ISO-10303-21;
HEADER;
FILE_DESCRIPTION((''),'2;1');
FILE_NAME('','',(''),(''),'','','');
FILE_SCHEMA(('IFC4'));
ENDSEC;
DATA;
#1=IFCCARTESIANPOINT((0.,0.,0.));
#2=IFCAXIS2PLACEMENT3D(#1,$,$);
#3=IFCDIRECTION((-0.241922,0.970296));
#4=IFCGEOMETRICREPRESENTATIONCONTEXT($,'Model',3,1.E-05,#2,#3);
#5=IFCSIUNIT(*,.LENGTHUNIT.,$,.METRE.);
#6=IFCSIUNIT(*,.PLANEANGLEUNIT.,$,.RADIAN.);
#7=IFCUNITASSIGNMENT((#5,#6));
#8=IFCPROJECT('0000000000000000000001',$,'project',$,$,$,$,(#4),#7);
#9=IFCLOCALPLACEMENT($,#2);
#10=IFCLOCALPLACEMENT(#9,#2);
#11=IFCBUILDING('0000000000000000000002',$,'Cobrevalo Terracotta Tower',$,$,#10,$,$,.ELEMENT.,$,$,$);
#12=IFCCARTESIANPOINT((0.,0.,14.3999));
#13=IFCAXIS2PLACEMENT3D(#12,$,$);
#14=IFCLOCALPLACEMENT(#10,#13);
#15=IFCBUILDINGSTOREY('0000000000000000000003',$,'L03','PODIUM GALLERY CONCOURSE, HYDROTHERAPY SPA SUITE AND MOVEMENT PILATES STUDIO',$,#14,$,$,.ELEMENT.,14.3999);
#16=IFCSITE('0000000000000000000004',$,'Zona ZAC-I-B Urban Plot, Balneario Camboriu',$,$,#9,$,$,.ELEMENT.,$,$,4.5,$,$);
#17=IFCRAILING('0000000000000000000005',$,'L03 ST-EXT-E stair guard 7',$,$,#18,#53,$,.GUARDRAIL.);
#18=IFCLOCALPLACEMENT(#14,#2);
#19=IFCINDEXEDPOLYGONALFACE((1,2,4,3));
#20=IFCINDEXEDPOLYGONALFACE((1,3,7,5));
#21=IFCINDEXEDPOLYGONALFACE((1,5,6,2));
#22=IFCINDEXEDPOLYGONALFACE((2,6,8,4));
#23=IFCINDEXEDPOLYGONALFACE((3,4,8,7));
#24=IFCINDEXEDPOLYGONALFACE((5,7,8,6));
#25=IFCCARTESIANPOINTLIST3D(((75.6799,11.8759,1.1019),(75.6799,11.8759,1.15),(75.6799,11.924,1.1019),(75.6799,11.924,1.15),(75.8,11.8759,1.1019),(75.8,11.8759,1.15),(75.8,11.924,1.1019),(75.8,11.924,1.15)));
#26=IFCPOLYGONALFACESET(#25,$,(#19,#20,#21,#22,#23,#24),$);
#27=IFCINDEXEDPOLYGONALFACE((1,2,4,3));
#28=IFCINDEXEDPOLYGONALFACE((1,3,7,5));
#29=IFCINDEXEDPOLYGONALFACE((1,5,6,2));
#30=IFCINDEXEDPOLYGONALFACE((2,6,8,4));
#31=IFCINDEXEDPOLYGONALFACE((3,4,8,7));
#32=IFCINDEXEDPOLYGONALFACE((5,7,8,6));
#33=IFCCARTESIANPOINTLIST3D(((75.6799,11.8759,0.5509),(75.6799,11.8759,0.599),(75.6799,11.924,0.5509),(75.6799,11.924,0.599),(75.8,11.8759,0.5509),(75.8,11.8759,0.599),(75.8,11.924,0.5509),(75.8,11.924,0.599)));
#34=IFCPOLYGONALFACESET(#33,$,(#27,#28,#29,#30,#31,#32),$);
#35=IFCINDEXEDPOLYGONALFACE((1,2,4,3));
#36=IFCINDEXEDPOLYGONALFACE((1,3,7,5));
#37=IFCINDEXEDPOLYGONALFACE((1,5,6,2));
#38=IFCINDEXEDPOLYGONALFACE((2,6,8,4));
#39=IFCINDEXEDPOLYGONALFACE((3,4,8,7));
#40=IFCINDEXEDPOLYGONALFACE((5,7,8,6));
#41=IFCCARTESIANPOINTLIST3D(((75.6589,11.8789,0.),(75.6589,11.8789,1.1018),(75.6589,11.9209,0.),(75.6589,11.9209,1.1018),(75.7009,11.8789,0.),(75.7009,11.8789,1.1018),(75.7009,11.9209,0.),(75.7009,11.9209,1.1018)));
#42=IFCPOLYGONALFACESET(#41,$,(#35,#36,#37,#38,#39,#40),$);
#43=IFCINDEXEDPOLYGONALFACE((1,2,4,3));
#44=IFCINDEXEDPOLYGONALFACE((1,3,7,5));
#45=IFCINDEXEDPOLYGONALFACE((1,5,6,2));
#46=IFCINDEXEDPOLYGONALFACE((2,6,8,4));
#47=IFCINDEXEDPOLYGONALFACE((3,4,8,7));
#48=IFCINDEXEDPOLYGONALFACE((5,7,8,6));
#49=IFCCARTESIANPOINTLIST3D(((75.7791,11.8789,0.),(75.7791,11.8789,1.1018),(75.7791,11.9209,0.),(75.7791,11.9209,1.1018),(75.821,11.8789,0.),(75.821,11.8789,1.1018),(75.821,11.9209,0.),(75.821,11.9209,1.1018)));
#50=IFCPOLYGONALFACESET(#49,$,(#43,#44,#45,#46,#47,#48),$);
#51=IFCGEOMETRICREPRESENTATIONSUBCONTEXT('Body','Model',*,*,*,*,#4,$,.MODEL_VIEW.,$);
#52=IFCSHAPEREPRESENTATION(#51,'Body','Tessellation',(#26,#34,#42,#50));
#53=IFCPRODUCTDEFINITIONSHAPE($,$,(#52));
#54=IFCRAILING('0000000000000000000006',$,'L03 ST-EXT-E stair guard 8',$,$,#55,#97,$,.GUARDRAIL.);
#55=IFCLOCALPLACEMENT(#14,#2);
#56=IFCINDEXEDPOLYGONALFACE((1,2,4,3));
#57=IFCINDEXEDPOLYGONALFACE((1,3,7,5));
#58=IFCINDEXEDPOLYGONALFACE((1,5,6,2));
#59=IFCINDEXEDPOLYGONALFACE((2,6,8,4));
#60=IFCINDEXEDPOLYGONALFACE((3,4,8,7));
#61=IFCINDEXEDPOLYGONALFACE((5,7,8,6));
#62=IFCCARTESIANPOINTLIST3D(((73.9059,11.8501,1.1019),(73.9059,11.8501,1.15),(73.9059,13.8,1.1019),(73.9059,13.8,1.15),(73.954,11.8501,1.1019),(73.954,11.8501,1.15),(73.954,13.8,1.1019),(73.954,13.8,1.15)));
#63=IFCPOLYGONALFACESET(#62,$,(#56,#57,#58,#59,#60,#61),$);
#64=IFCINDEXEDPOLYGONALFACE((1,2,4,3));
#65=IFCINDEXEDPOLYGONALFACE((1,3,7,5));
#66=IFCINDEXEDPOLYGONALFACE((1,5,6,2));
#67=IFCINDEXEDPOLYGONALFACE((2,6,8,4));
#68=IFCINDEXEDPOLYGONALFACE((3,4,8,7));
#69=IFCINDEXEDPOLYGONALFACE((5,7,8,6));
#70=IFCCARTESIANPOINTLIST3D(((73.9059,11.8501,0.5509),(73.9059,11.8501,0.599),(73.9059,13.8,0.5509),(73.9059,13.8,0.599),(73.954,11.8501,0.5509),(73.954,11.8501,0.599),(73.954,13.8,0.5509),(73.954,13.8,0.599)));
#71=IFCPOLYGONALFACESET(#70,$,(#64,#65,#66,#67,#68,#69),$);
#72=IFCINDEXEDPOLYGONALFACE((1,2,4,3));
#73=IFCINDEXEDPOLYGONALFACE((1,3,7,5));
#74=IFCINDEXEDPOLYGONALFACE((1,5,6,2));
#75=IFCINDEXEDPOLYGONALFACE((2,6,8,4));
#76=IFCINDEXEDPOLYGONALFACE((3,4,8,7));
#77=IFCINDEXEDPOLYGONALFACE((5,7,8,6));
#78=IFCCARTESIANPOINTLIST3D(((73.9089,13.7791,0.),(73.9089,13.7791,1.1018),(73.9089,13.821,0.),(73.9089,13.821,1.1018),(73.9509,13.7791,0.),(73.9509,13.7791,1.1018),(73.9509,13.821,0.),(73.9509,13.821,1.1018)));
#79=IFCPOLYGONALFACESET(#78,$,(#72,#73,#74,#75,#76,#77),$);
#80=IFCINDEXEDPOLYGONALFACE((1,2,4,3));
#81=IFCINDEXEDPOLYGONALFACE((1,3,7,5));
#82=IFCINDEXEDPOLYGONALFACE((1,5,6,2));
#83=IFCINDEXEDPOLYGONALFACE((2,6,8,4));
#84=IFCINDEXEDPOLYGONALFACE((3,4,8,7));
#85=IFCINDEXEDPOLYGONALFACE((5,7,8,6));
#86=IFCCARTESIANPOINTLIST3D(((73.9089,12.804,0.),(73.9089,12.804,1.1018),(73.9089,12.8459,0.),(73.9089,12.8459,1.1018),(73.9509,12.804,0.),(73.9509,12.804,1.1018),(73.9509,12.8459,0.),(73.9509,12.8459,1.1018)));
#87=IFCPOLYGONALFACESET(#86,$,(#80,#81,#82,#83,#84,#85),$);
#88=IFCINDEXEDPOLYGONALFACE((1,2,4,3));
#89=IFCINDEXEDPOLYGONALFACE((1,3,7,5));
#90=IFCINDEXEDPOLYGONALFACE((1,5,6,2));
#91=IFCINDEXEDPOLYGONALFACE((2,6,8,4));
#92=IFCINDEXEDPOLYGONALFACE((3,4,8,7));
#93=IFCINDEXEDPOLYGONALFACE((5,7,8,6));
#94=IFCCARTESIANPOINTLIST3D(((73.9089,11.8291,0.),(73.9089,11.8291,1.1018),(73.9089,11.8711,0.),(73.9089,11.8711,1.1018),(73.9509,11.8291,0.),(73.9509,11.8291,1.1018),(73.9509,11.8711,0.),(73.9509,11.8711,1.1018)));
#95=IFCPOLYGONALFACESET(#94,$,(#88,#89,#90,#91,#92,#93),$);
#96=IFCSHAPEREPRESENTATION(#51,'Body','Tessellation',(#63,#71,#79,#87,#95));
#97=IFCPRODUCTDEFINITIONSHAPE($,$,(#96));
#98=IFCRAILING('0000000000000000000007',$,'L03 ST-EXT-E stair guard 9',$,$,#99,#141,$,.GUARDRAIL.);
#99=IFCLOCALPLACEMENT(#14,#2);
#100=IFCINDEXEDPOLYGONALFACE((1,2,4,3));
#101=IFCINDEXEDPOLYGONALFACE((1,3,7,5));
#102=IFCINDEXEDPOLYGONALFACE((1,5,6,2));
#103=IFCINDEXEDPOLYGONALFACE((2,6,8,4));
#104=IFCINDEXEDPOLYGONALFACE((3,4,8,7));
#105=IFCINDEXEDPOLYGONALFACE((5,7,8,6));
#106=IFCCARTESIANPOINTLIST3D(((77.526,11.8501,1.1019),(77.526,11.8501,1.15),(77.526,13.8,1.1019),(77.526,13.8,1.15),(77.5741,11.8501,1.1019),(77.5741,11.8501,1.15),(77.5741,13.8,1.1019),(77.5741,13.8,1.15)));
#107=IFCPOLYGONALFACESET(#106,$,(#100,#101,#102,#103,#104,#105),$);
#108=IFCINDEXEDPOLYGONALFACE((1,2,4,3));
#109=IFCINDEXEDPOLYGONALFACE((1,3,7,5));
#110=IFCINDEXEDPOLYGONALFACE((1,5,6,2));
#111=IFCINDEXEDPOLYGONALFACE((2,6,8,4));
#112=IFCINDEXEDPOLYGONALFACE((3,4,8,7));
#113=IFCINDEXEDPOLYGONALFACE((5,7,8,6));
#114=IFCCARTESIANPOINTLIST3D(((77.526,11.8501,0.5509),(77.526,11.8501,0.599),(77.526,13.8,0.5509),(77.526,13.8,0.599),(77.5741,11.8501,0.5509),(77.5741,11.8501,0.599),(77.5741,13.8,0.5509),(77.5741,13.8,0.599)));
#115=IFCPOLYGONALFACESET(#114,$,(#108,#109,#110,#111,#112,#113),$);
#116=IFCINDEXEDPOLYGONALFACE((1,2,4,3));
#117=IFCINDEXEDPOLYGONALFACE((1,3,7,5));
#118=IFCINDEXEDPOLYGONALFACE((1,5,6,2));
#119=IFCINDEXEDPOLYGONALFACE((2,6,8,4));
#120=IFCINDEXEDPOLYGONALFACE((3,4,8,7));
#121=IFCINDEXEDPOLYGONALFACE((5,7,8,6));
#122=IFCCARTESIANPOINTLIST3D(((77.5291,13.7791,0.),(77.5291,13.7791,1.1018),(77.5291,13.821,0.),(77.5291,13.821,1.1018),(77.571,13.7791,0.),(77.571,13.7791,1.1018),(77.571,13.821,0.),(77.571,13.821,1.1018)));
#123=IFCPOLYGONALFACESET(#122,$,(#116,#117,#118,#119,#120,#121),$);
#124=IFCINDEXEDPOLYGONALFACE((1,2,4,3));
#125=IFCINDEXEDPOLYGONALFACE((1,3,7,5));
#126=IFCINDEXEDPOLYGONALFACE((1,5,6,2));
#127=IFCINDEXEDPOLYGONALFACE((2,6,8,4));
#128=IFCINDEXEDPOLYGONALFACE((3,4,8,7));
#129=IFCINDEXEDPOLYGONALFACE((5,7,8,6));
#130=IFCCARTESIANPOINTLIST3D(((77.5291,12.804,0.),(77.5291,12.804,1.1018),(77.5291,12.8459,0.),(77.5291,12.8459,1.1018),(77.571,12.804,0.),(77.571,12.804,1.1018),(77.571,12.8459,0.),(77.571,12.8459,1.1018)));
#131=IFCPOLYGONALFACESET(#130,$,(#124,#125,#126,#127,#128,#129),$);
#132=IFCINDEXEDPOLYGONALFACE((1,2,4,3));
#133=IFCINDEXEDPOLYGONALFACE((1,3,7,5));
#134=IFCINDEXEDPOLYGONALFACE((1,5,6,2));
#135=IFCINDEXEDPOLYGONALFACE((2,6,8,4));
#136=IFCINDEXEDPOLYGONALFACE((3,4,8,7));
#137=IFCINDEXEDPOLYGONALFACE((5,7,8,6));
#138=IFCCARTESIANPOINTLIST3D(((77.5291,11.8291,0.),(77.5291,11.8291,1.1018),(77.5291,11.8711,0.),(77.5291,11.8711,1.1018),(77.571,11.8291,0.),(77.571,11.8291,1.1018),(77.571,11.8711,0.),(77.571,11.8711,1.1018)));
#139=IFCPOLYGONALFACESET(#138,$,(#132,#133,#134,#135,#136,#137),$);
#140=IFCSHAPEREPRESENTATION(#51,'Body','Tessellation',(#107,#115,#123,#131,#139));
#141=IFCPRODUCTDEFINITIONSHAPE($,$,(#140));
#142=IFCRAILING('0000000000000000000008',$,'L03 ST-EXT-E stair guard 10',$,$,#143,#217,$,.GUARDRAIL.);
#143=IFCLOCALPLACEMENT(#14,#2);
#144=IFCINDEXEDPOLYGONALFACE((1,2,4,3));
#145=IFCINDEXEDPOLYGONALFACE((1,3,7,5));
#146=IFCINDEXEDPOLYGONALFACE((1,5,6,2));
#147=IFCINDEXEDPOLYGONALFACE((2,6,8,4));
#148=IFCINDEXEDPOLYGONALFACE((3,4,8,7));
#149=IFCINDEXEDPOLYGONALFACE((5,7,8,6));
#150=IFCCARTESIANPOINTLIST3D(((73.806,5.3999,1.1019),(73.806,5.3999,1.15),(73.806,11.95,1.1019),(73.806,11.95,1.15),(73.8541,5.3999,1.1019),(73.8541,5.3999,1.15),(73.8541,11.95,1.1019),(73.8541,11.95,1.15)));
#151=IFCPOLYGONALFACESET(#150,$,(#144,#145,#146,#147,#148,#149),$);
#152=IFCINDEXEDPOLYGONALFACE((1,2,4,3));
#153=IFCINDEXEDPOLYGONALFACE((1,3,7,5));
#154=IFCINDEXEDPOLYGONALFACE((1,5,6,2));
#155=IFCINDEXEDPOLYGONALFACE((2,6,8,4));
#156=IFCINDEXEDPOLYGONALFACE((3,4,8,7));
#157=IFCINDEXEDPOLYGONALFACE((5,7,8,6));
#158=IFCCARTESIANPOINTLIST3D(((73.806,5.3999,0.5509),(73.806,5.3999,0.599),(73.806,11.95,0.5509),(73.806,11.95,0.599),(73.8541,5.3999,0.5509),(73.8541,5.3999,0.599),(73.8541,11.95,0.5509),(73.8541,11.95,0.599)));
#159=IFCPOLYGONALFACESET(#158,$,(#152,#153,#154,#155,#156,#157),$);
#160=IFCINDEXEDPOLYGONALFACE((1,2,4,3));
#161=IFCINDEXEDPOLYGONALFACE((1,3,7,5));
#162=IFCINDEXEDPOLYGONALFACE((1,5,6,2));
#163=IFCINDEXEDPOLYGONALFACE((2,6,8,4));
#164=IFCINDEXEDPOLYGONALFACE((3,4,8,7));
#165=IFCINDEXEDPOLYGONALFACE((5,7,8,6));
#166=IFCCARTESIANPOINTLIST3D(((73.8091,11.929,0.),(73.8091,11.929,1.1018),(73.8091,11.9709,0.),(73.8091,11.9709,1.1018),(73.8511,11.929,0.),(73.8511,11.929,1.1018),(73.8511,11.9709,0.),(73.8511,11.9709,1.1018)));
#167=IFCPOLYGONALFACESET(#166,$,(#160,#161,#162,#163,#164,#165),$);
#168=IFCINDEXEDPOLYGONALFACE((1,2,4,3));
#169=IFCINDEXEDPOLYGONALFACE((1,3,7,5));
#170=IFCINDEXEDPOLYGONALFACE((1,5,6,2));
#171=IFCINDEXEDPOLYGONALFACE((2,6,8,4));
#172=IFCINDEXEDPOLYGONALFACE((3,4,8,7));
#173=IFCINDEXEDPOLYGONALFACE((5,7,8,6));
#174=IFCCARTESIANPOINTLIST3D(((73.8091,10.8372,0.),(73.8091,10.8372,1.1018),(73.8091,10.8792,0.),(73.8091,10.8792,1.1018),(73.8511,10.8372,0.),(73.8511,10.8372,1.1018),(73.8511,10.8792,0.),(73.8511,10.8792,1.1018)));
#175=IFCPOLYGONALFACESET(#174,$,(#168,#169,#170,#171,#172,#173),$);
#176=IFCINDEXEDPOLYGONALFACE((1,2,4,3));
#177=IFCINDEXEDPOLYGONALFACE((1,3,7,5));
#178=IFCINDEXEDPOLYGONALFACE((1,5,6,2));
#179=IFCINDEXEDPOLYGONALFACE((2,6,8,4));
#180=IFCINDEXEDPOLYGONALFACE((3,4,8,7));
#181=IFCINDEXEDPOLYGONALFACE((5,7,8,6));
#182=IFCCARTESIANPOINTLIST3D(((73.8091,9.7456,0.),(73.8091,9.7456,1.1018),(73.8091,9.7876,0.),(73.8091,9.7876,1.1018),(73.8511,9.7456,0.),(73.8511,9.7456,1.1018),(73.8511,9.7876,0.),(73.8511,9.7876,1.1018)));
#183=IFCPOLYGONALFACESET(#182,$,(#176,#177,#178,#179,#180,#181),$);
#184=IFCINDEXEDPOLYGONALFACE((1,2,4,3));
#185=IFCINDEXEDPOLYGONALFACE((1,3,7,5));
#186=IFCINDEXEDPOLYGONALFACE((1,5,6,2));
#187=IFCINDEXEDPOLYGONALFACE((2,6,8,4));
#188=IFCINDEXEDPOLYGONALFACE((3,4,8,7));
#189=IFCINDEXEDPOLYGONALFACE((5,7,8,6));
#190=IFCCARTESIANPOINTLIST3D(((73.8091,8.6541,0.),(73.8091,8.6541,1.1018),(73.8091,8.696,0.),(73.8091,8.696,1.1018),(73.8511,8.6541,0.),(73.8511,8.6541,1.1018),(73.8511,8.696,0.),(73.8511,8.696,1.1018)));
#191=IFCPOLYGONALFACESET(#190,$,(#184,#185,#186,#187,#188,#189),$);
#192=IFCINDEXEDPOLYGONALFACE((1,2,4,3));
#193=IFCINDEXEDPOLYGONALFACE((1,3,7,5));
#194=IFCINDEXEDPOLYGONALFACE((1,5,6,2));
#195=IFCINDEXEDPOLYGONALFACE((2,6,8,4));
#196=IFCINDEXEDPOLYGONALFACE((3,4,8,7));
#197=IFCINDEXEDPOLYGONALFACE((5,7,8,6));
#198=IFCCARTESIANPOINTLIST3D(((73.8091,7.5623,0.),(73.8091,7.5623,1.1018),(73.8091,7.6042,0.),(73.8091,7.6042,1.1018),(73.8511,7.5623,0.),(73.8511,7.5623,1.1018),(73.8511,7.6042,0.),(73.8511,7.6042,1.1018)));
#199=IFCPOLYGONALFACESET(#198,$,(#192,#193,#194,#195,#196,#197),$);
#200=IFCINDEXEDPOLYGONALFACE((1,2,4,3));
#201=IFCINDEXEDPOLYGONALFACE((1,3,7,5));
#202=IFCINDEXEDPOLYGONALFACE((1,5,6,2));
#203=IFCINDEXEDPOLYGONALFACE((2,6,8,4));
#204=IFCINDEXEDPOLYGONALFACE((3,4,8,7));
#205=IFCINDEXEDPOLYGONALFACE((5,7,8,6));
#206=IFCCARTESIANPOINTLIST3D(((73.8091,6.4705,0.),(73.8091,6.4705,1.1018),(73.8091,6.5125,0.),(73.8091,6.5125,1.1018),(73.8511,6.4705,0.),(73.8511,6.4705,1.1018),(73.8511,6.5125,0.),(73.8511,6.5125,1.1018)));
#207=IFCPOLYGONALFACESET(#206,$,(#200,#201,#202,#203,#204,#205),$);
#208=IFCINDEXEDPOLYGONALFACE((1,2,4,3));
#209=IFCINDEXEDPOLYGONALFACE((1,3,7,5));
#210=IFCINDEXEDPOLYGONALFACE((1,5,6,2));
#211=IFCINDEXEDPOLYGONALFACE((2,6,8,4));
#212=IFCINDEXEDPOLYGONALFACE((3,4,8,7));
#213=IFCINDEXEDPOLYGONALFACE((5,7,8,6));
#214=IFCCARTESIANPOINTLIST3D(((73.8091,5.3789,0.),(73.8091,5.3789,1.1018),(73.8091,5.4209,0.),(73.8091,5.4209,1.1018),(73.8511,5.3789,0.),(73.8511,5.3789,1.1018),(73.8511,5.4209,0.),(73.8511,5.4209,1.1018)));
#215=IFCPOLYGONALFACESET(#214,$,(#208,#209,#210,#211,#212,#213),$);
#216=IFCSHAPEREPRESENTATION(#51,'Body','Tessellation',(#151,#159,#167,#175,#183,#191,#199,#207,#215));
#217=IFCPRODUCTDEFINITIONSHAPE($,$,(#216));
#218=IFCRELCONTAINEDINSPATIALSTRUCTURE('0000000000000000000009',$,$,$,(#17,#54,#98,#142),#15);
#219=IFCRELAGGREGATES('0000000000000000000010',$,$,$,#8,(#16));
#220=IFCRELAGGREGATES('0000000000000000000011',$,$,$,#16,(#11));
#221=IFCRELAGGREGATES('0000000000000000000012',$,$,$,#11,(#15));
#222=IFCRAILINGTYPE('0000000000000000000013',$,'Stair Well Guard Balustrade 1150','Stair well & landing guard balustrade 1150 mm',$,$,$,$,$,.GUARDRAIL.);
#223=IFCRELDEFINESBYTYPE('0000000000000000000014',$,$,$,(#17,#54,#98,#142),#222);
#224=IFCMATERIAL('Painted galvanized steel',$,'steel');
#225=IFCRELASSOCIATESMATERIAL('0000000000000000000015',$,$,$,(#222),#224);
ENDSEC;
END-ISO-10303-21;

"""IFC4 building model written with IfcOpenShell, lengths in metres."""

from ifc_helpers import new_model, si_unit, direction, frame, origin, origin_2d, place, context, subcontext, project, spatial, rectangle, extrude, material, type_object, element, save


model = new_model("IFC4")

# Units and contexts
model_context = context("Model", 3, precision=1e-05, world=origin(), true_north=direction((-0.241922, 0.970296)))
body_context = subcontext(model_context, "Body", "Model", "MODEL_VIEW")
ifc_project = project(units=[si_unit("LENGTHUNIT", "METRE"), si_unit("PLANEANGLEUNIT", "RADIAN")], contexts=[model_context])

# Site, building, storey
site_placement = place(None, origin())
site = spatial("IfcSite", under=ifc_project, at=site_placement, Name="Zona ZAC-I-B Urban Plot, Balneario Camboriu", CompositionType="ELEMENT", RefElevation=4.5)
building_placement = place(site_placement, origin())
building = spatial("IfcBuilding", under=site, at=building_placement, Name="Cobrevalo Terracotta Tower", CompositionType="ELEMENT")
storey_placement = place(building_placement, frame((0.0, 0.0, 14.3999)))
storey = spatial("IfcBuildingStorey", under=building, at=storey_placement, Name="L03", Description="PODIUM GALLERY CONCOURSE, HYDROTHERAPY SPA SUITE AND MOVEMENT PILATES STUDIO", CompositionType="ELEMENT", Elevation=14.3999)

# Railings
ifc_material_1 = material(Name="Painted galvanized steel", Category="steel")
railing_type_1 = type_object("IfcRailingType", Name="Stair Well Guard Balustrade 1150", Description="Stair well & landing guard balustrade 1150 mm", PredefinedType="GUARDRAIL", material=ifc_material_1)
railing_1_placement = place(storey_placement, frame((75.6799, 11.8999, 0.0)))
element("IfcRailing", 1, at=railing_1_placement, inside=storey, type_object=railing_type_1, Name="L03 ST-EXT-E stair guard 7", PredefinedType="GUARDRAIL", context=body_context, shape_type="SweptSolid", body=[
    extrude(rectangle(XDim=0.0481, YDim=0.0481, at=origin_2d()), frame((0.0, 0.0, 1.126), z_axis=(1.0, 0.0, 0.0), x_axis=(0.0, 1.0, 0.0)), (0.0, 0.0, 1.0), 0.1201),
    extrude(rectangle(XDim=0.0481, YDim=0.0481, at=origin_2d()), frame((0.0, 0.0, 0.575), z_axis=(1.0, 0.0, 0.0), x_axis=(0.0, 1.0, 0.0)), (0.0, 0.0, 1.0), 0.1201),
    extrude(rectangle(XDim=0.042, YDim=0.042, at=origin_2d()), origin(), (0.0, 0.0, 1.0), 1.1018),
    extrude(rectangle(XDim=0.042, YDim=0.042, at=origin_2d()), frame((0.1201, 0.0, 0.0)), (0.0, 0.0, 1.0), 1.1018),
])
for number, where, name in (
    (2, (73.9299, 13.8, 0.0), "L03 ST-EXT-E stair guard 8"),
    (3, (77.55, 13.8, 0.0), "L03 ST-EXT-E stair guard 9"),
):
    element("IfcRailing", number, at=place(storey_placement, frame(where)), inside=storey, type_object=railing_type_1, Name=name, PredefinedType="GUARDRAIL", context=body_context, shape_type="SweptSolid", body=[
        extrude(rectangle(XDim=0.0481, YDim=0.0481, at=origin_2d()), frame((0.0, 0.0, 1.126), z_axis=(0.0, -1.0, 0.0), x_axis=(1.0, 0.0, 0.0)), (0.0, 0.0, 1.0), 1.95),
        extrude(rectangle(XDim=0.0481, YDim=0.0481, at=origin_2d()), frame((0.0, 0.0, 0.575), z_axis=(0.0, -1.0, 0.0), x_axis=(1.0, 0.0, 0.0)), (0.0, 0.0, 1.0), 1.95),
        extrude(rectangle(XDim=0.042, YDim=0.042, at=origin_2d()), origin(), (0.0, 0.0, 1.0), 1.1018),
        extrude(rectangle(XDim=0.042, YDim=0.042, at=origin_2d()), frame((0.0, -0.9751, 0.0)), (0.0, 0.0, 1.0), 1.1018),
        extrude(rectangle(XDim=0.042, YDim=0.042, at=origin_2d()), frame((0.0, -1.95, 0.0)), (0.0, 0.0, 1.0), 1.1018),
    ])
for number, where, name in (
    (4, (73.8301, 11.95, 0.0), "L03 ST-EXT-E stair guard 10"),
):
    element("IfcRailing", number, at=place(storey_placement, frame(where)), inside=storey, type_object=railing_type_1, Name=name, PredefinedType="GUARDRAIL", context=body_context, shape_type="SweptSolid", body=[
        extrude(rectangle(XDim=0.0481, YDim=0.0481, at=origin_2d()), frame((0.0, 0.0, 1.126), z_axis=(0.0, -1.0, 0.0), x_axis=(1.0, 0.0, 0.0)), (0.0, 0.0, 1.0), 6.55),
        extrude(rectangle(XDim=0.0481, YDim=0.0481, at=origin_2d()), frame((0.0, 0.0, 0.575), z_axis=(0.0, -1.0, 0.0), x_axis=(1.0, 0.0, 0.0)), (0.0, 0.0, 1.0), 6.55),
        extrude(rectangle(XDim=0.042, YDim=0.042, at=origin_2d()), origin(), (0.0, 0.0, 1.0), 1.1018),
        extrude(rectangle(XDim=0.042, YDim=0.042, at=origin_2d()), frame((0.0, -1.0918, 0.0)), (0.0, 0.0, 1.0), 1.1018),
        extrude(rectangle(XDim=0.042, YDim=0.042, at=origin_2d()), frame((0.0, -2.1833, 0.0)), (0.0, 0.0, 1.0), 1.1018),
        extrude(rectangle(XDim=0.042, YDim=0.042, at=origin_2d()), frame((0.0, -3.2749, 0.0)), (0.0, 0.0, 1.0), 1.1018),
        extrude(rectangle(XDim=0.042, YDim=0.042, at=origin_2d()), frame((0.0, -4.3667, 0.0)), (0.0, 0.0, 1.0), 1.1018),
        extrude(rectangle(XDim=0.042, YDim=0.042, at=origin_2d()), frame((0.0, -5.4585, 0.0)), (0.0, 0.0, 1.0), 1.1018),
        extrude(rectangle(XDim=0.042, YDim=0.042, at=origin_2d()), frame((0.0, -6.55, 0.0)), (0.0, 0.0, 1.0), 1.1018),
    ])

save(model, "model.ifc")
